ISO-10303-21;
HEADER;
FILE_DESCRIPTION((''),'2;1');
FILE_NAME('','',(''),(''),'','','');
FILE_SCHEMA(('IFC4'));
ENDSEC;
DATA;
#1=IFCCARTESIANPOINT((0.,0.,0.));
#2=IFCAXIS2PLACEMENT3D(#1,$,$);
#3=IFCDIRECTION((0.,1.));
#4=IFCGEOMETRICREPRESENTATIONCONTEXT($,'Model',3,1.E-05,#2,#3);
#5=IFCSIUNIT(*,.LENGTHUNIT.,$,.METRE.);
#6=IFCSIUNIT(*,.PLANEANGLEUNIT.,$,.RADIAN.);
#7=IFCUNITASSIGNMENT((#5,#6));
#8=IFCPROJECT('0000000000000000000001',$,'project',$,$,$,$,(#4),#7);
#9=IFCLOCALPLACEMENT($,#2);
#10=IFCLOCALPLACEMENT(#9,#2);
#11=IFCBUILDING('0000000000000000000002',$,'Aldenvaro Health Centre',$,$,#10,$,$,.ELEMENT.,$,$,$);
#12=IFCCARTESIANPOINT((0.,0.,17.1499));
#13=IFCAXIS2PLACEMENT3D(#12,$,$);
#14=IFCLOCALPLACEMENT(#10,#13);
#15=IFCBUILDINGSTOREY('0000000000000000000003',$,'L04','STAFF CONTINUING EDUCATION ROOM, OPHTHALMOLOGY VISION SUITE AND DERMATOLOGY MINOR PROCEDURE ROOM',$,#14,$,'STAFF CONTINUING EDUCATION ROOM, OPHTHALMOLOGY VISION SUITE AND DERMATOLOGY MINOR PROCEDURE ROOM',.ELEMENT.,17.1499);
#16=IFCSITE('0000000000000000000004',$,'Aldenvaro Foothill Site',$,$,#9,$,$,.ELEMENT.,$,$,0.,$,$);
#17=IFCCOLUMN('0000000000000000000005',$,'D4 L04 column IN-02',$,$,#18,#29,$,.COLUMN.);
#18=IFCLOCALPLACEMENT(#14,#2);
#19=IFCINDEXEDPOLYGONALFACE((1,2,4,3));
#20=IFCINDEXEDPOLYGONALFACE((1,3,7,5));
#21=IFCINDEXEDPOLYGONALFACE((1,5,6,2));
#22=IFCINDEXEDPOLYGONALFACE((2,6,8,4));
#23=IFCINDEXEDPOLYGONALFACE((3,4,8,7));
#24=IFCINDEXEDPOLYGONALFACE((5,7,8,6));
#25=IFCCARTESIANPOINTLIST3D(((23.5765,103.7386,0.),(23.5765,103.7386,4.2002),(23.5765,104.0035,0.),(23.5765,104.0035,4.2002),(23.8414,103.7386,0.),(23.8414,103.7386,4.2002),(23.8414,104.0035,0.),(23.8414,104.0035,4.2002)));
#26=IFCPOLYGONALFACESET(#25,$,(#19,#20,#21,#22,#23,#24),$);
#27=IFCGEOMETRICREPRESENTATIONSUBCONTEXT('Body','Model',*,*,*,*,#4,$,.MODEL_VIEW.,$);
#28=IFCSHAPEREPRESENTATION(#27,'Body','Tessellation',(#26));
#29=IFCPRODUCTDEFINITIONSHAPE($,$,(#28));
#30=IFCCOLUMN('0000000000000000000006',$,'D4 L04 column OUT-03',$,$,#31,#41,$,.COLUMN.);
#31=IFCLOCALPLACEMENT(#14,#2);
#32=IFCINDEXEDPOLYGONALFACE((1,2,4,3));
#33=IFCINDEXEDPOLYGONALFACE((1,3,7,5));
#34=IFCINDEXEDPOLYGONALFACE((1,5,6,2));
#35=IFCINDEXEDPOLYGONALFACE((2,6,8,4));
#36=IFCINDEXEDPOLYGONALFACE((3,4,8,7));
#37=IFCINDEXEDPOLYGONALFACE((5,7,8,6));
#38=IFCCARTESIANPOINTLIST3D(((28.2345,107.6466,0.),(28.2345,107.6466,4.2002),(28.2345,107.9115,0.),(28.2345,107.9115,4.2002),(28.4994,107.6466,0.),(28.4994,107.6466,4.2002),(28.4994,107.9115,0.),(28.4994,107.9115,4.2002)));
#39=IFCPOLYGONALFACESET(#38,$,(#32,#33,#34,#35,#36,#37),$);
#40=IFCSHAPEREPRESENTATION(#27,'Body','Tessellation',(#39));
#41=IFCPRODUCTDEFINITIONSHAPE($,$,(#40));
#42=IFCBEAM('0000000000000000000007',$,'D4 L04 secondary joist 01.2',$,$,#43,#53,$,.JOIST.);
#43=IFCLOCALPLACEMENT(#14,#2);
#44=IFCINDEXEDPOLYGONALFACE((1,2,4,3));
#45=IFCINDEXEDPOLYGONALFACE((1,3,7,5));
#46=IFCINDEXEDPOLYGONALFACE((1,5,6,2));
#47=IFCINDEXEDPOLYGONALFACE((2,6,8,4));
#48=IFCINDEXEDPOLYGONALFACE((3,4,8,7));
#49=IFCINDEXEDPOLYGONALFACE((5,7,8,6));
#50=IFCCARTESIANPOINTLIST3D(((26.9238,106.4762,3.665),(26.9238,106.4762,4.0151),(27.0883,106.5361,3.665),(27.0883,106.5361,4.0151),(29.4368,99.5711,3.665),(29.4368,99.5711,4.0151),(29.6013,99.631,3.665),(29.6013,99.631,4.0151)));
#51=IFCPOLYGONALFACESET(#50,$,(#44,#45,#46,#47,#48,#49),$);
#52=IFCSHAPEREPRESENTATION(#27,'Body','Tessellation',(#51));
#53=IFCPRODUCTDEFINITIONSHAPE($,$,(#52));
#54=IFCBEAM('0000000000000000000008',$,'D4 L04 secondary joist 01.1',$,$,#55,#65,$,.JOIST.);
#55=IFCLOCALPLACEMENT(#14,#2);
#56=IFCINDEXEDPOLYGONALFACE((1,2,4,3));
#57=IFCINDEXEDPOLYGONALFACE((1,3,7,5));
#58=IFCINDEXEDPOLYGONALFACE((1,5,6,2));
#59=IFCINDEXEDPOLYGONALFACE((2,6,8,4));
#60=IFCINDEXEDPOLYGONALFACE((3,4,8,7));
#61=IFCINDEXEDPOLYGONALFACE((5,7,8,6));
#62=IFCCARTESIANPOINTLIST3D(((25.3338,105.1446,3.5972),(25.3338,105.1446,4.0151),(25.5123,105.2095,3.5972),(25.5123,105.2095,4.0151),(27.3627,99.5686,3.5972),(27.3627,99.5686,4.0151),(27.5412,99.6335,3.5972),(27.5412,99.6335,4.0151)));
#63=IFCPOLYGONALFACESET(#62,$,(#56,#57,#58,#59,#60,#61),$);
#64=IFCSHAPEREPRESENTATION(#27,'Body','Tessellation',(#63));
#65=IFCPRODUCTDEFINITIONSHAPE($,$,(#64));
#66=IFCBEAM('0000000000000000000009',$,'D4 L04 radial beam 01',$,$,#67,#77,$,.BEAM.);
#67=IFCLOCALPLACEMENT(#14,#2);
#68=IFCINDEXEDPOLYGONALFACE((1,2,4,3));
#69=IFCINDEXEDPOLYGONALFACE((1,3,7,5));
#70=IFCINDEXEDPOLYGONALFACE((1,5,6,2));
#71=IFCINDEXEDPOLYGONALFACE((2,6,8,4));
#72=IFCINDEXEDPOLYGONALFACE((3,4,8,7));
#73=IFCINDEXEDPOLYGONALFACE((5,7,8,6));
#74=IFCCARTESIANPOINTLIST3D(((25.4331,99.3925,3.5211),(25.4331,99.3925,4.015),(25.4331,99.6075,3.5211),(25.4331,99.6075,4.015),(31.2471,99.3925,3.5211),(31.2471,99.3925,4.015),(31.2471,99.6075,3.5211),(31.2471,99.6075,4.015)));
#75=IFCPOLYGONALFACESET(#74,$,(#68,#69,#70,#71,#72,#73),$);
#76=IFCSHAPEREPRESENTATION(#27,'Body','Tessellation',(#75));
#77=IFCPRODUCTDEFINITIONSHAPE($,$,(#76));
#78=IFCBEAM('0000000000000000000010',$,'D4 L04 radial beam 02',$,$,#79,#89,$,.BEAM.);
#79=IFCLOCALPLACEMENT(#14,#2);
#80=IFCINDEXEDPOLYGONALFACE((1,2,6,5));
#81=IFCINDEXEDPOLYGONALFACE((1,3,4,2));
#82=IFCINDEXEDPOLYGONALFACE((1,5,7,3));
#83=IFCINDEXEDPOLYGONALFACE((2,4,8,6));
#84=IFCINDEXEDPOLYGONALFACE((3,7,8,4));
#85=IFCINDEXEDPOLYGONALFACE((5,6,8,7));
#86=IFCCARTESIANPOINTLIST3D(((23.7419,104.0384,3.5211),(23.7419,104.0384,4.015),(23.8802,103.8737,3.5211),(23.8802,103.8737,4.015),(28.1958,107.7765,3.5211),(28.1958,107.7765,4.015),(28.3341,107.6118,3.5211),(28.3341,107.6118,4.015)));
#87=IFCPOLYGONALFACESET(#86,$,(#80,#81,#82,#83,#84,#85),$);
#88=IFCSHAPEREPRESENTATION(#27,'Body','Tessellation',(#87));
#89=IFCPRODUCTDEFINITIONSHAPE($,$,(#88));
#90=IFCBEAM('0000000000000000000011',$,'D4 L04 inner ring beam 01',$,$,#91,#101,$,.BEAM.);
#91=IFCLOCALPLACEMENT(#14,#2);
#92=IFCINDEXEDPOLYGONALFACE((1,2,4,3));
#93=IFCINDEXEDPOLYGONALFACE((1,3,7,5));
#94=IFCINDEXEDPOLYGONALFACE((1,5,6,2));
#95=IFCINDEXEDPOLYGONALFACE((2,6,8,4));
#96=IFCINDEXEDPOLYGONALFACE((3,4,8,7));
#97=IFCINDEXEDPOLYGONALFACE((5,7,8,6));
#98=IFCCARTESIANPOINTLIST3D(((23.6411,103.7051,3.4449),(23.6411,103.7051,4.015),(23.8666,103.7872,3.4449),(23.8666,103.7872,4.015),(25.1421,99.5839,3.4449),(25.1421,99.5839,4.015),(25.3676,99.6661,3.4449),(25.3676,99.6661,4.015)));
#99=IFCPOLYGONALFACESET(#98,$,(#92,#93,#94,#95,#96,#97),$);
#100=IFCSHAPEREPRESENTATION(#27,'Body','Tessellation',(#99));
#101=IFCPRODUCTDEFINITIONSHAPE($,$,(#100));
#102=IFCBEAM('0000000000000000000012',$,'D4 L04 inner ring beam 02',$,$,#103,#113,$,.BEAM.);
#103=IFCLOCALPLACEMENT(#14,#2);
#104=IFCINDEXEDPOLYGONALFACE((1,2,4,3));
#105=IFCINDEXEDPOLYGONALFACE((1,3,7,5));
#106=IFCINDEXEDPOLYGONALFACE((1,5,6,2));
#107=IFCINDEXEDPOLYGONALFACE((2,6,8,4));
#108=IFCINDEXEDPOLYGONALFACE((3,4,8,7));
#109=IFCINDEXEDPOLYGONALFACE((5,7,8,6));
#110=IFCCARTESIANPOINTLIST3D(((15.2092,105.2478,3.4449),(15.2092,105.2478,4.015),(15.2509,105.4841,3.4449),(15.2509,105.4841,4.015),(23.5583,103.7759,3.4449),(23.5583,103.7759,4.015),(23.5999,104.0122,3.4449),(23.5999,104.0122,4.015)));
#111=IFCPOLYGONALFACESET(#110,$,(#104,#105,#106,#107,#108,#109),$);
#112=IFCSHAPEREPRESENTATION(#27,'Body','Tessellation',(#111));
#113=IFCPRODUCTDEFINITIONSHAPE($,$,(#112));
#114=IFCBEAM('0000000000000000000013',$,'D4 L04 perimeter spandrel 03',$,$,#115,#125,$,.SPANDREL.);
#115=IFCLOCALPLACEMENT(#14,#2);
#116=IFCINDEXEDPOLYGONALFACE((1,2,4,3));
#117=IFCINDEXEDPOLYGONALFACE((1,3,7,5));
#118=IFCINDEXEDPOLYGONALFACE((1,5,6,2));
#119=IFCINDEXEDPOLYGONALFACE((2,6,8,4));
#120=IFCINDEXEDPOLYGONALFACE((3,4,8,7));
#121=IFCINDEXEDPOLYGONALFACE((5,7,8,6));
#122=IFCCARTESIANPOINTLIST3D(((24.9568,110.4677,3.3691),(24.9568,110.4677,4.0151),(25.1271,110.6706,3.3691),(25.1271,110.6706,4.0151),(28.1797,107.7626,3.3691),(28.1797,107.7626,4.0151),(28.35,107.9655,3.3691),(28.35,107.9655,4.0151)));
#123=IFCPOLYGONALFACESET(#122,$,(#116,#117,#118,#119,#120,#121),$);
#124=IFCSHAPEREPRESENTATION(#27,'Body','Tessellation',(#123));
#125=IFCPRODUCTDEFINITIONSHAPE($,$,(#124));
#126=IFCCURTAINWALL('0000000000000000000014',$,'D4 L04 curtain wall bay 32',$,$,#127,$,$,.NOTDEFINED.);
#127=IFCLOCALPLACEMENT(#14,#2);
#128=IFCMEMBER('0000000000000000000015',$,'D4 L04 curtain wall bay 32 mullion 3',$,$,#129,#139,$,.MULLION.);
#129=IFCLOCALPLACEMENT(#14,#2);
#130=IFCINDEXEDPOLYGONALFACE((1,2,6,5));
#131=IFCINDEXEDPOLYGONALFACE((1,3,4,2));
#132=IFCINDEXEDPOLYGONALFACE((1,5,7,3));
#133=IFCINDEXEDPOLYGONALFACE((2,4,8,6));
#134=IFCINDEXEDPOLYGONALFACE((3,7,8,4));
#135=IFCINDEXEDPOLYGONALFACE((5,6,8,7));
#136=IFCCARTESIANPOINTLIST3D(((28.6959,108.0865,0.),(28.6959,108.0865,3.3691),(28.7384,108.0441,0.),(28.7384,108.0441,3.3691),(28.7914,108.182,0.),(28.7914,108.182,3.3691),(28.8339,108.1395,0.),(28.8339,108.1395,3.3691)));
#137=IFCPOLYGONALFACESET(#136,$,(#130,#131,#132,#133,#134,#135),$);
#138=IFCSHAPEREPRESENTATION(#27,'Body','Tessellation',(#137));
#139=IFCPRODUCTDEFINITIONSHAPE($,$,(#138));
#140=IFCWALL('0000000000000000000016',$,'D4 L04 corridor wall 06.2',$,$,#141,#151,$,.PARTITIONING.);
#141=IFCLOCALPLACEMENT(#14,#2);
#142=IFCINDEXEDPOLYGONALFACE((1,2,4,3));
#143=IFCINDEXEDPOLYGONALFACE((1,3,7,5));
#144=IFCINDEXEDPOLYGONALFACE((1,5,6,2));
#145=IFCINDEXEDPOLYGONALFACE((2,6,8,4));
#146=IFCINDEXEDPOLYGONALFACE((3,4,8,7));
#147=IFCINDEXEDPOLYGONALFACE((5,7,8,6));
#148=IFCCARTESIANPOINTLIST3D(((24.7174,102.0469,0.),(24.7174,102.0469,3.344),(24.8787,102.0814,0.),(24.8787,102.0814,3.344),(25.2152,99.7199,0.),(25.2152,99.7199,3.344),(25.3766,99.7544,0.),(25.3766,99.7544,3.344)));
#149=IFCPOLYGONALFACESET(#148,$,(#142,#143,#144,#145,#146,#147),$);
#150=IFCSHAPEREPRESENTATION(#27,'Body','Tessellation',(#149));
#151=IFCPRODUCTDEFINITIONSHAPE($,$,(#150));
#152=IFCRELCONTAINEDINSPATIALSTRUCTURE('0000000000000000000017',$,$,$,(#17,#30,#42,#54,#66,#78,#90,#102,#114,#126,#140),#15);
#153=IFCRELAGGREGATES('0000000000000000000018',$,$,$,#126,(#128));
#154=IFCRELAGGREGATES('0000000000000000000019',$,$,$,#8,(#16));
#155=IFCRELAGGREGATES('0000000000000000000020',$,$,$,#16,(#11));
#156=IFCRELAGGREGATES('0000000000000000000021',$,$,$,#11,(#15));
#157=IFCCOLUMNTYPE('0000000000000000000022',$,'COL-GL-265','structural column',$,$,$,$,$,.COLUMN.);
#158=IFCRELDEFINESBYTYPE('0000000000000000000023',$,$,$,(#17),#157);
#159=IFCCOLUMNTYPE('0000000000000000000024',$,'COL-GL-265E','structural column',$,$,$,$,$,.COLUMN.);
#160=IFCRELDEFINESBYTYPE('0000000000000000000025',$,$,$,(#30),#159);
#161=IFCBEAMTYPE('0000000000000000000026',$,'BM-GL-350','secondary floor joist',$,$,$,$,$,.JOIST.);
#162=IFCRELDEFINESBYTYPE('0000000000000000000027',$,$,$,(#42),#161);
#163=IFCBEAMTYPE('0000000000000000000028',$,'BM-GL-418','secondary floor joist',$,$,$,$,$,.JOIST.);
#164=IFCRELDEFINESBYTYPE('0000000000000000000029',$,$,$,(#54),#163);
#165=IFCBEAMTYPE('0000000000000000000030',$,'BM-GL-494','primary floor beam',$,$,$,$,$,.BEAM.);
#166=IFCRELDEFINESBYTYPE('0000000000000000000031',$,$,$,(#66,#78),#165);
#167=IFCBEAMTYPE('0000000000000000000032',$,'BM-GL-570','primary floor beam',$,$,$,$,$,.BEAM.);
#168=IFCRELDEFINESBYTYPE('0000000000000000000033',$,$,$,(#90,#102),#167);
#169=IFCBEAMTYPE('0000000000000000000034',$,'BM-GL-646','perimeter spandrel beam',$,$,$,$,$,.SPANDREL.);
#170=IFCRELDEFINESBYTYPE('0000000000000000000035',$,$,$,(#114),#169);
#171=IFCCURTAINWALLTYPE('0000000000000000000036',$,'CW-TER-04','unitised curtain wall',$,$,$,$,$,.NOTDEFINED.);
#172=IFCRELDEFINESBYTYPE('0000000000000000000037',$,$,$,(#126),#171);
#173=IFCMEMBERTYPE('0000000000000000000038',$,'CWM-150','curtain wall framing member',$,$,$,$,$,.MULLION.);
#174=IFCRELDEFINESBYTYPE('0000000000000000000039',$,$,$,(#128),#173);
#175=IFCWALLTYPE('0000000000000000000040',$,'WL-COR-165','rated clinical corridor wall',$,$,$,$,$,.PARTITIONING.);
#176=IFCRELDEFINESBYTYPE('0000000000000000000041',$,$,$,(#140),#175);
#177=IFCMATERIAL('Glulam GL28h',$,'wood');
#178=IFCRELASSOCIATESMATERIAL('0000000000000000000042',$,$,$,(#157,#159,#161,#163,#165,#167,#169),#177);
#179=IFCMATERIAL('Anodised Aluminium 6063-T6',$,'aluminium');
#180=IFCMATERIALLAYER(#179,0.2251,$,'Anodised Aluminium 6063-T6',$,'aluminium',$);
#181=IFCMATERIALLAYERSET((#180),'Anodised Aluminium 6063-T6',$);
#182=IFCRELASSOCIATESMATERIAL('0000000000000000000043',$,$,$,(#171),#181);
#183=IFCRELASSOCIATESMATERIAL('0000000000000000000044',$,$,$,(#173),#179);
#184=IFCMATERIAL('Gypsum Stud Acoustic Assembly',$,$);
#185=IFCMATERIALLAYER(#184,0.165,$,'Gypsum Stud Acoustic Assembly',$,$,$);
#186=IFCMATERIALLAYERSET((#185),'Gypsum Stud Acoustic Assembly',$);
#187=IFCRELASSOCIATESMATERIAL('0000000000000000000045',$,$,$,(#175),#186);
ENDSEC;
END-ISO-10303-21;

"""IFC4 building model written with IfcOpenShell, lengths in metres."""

from ifc_helpers import new_model, si_unit, direction, frame, frame_2d, origin, origin_2d, place, context, subcontext, project, spatial, rectangle, extrude, material, layer, layer_set, material_profile, profile_set, type_object, element, aggregate, save


model = new_model("IFC4")

# Units and contexts
model_context = context("Model", 3, precision=1e-05, world=origin(), true_north=direction((0.0, 1.0)))
body_context = subcontext(model_context, "Body", "Model", "MODEL_VIEW")
ifc_project = project(units=[si_unit("LENGTHUNIT", "METRE"), si_unit("PLANEANGLEUNIT", "RADIAN")], contexts=[model_context])

# Site, building, storey
site_placement = place(None, origin())
site = spatial("IfcSite", under=ifc_project, at=site_placement, Name="Aldenvaro Foothill Site", CompositionType="ELEMENT", RefElevation=0.0)
building_placement = place(site_placement, origin())
building = spatial("IfcBuilding", under=site, at=building_placement, Name="Aldenvaro Health Centre", CompositionType="ELEMENT")
storey_placement = place(building_placement, frame((0.0, 0.0, 17.1499)))
storey = spatial("IfcBuildingStorey", under=building, at=storey_placement, Name="L04", Description="STAFF CONTINUING EDUCATION ROOM, OPHTHALMOLOGY VISION SUITE AND DERMATOLOGY MINOR PROCEDURE ROOM", LongName="STAFF CONTINUING EDUCATION ROOM, OPHTHALMOLOGY VISION SUITE AND DERMATOLOGY MINOR PROCEDURE ROOM", CompositionType="ELEMENT", Elevation=17.1499)

# Columns
ifc_material_1 = material(Name="Glulam GL28h", Category="wood")
ifc_material_profile_1 = material_profile(ifc_material_1, rectangle(XDim=0.2649, YDim=0.2649, at=origin_2d()), Name="GL 265x265", Category="wood")
ifc_profile_set_1 = profile_set([ifc_material_profile_1], Name="Glulam GL28h")
column_type_1 = type_object("IfcColumnType", Name="COL-GL-265", Description="structural column", PredefinedType="COLUMN", material=ifc_profile_set_1)
column_1_placement = place(storey_placement, frame((23.709, 103.8711, 0.0), z_axis=(0.0, 0.0, 1.0), x_axis=(1.0, 0.0, 0.0)))
element("IfcColumn", 1, at=column_1_placement, inside=storey, type_object=column_type_1, Name="D4 L04 column IN-02", PredefinedType="COLUMN", context=body_context, shape_type="SweptSolid", body=[
    extrude(rectangle(XDim=0.2649, YDim=0.2649, at=origin_2d()), origin(), (0.0, 0.0, 1.0), 4.2002),
])
ifc_material_profile_2 = material_profile(ifc_material_1, rectangle(XDim=0.2649, YDim=0.2649, at=origin_2d()), Name="GL 265x265", Category="wood")
ifc_profile_set_2 = profile_set([ifc_material_profile_2], Name="Glulam GL28h")
column_type_2 = type_object("IfcColumnType", Name="COL-GL-265E", Description="structural column", PredefinedType="COLUMN", material=ifc_profile_set_2)
column_2_placement = place(storey_placement, frame((28.3669, 107.7791, 0.0), z_axis=(0.0, 0.0, 1.0), x_axis=(1.0, 0.0, 0.0)))
element("IfcColumn", 2, at=column_2_placement, inside=storey, type_object=column_type_2, Name="D4 L04 column OUT-03", PredefinedType="COLUMN", context=body_context, shape_type="SweptSolid", body=[
    extrude(rectangle(XDim=0.2649, YDim=0.2649, at=origin_2d()), origin(), (0.0, 0.0, 1.0), 4.2002),
])

# Beams
ifc_material_profile_3 = material_profile(ifc_material_1, rectangle(XDim=0.175, YDim=0.3501, at=origin_2d()), Name="GL 175x350", Category="wood")
ifc_profile_set_3 = profile_set([ifc_material_profile_3], Name="Glulam GL28h")
beam_type_1 = type_object("IfcBeamType", Name="BM-GL-350", Description="secondary floor joist", PredefinedType="JOIST", material=ifc_profile_set_3)
beam_1_placement = place(storey_placement, frame((29.519, 99.6011, 3.8401), z_axis=(-0.341986, 0.939705, 0.0), x_axis=(-0.939705, -0.341986, 0.0)))
element("IfcBeam", 3, at=beam_1_placement, inside=storey, type_object=beam_type_1, Name="D4 L04 secondary joist 01.2", PredefinedType="JOIST", context=body_context, shape_type="SweptSolid", body=[
    extrude(rectangle(XDim=0.175, YDim=0.3501, at=origin_2d()), origin(), (0.0, 0.0, 1.0), 7.3481),
])
ifc_material_profile_4 = material_profile(ifc_material_1, rectangle(XDim=0.1899, YDim=0.418, at=origin_2d()), Name="GL 190x418", Category="wood")
ifc_profile_set_4 = profile_set([ifc_material_profile_4], Name="Glulam GL28h")
beam_type_2 = type_object("IfcBeamType", Name="BM-GL-418", Description="secondary floor joist", PredefinedType="JOIST", material=ifc_profile_set_4)
beam_2_placement = place(storey_placement, frame((27.4519, 99.6011, 3.8062), z_axis=(-0.341921, 0.939729, 0.0), x_axis=(-0.939729, -0.341921, 0.0)))
element("IfcBeam", 4, at=beam_2_placement, inside=storey, type_object=beam_type_2, Name="D4 L04 secondary joist 01.1", PredefinedType="JOIST", context=body_context, shape_type="SweptSolid", body=[
    extrude(rectangle(XDim=0.1899, YDim=0.418, at=origin_2d()), origin(), (0.0, 0.0, 1.0), 5.9336),
])
ifc_material_profile_5 = material_profile(ifc_material_1, rectangle(XDim=0.2151, YDim=0.4939, at=origin_2d()), Name="GL 215x494", Category="wood")
ifc_profile_set_5 = profile_set([ifc_material_profile_5], Name="Glulam GL28h")
beam_type_3 = type_object("IfcBeamType", Name="BM-GL-494", Description="primary floor beam", PredefinedType="BEAM", material=ifc_profile_set_5)
beam_3_placement = place(storey_placement, frame((25.4331, 99.5, 3.7681), z_axis=(1.0, 0.0, 0.0), x_axis=(0.0, 1.0, 0.0)))
element("IfcBeam", 5, at=beam_3_placement, inside=storey, type_object=beam_type_3, Name="D4 L04 radial beam 01", PredefinedType="BEAM", context=body_context, shape_type="SweptSolid", body=[
    extrude(rectangle(XDim=0.2151, YDim=0.4939, at=origin_2d()), origin(), (0.0, 0.0, 1.0), 5.814),
])
beam_4_placement = place(storey_placement, frame((23.811, 103.9561, 3.7681), z_axis=(0.765976, 0.642869, 0.0), x_axis=(-0.642869, 0.765976, 0.0)))
element("IfcBeam", 6, at=beam_4_placement, inside=storey, type_object=beam_type_3, Name="D4 L04 radial beam 02", PredefinedType="BEAM", context=body_context, shape_type="SweptSolid", body=[
    extrude(rectangle(XDim=0.2151, YDim=0.4939, at=origin_2d()), origin(), (0.0, 0.0, 1.0), 5.8147),
])
ifc_material_profile_6 = material_profile(ifc_material_1, rectangle(XDim=0.24, YDim=0.5701, at=origin_2d()), Name="GL 240x570", Category="wood")
ifc_profile_set_6 = profile_set([ifc_material_profile_6], Name="Glulam GL28h")
beam_type_4 = type_object("IfcBeamType", Name="BM-GL-570", Description="primary floor beam", PredefinedType="BEAM", material=ifc_profile_set_6)
beam_5_placement = place(storey_placement, frame((25.2549, 99.625, 3.73), z_axis=(-0.342226, 0.939618, 0.0), x_axis=(-0.939618, -0.342226, 0.0)))
element("IfcBeam", 7, at=beam_5_placement, inside=storey, type_object=beam_type_4, Name="D4 L04 inner ring beam 01", PredefinedType="BEAM", context=body_context, shape_type="SweptSolid", body=[
    extrude(rectangle(XDim=0.24, YDim=0.5701, at=origin_2d()), origin(), (0.0, 0.0, 1.0), 4.386),
])
beam_6_placement = place(storey_placement, frame((23.5791, 103.894, 3.73), z_axis=(-0.984813, 0.173619, 0.0), x_axis=(-0.173619, -0.984813, 0.0)))
element("IfcBeam", 8, at=beam_6_placement, inside=storey, type_object=beam_type_4, Name="D4 L04 inner ring beam 02", PredefinedType="BEAM", context=body_context, shape_type="SweptSolid", body=[
    extrude(rectangle(XDim=0.24, YDim=0.5701, at=origin_2d()), origin(), (0.0, 0.0, 1.0), 8.4778),
])
ifc_material_profile_7 = material_profile(ifc_material_1, rectangle(XDim=0.2649, YDim=0.646, at=origin_2d()), Name="GL 265x646", Category="wood")
ifc_profile_set_7 = profile_set([ifc_material_profile_7], Name="Glulam GL28h")
beam_type_5 = type_object("IfcBeamType", Name="BM-GL-646", Description="perimeter spandrel beam", PredefinedType="SPANDREL", material=ifc_profile_set_7)
beam_7_placement = place(storey_placement, frame((28.2649, 107.864, 3.6921), z_axis=(-0.765957, 0.642891, 0.0), x_axis=(-0.642891, -0.765957, 0.0)))
element("IfcBeam", 9, at=beam_7_placement, inside=storey, type_object=beam_type_5, Name="D4 L04 perimeter spandrel 03", PredefinedType="SPANDREL", context=body_context, shape_type="SweptSolid", body=[
    extrude(rectangle(XDim=0.2649, YDim=0.646, at=origin_2d()), origin(), (0.0, 0.0, 1.0), 4.2078),
])

# Curtain wall, member
ifc_material_2 = material(Name="Anodised Aluminium 6063-T6", Category="aluminium")
ifc_layer_1 = layer(ifc_material_2, 0.2251, Name="Anodised Aluminium 6063-T6", Category="aluminium")
ifc_layer_set_1 = layer_set([ifc_layer_1], Name="Anodised Aluminium 6063-T6")
curtain_wall_type = type_object("IfcCurtainWallType", Name="CW-TER-04", Description="unitised curtain wall", PredefinedType="NOTDEFINED", material=ifc_layer_set_1)
curtain_wall_placement = place(storey_placement, origin())
curtain_wall = element("IfcCurtainWall", 10, at=curtain_wall_placement, inside=storey, type_object=curtain_wall_type, Name="D4 L04 curtain wall bay 32", PredefinedType="NOTDEFINED")
ifc_material_profile_8 = material_profile(ifc_material_2, rectangle(XDim=0.0601, YDim=0.135, at=origin_2d()), Name="ALU 60x135", Category="aluminium")
ifc_profile_set_8 = profile_set([ifc_material_profile_8], Name="Anodised Aluminium 6063-T6")
member_type = type_object("IfcMemberType", Name="CWM-150", Description="curtain wall framing member", PredefinedType="MULLION", material=ifc_profile_set_8)
member_placement = place(storey_placement, frame((28.7649, 108.113, 0.0), z_axis=(0.0, 0.0, 1.0), x_axis=(0.707107, -0.707107, 0.0)))
member = element("IfcMember", 11, at=member_placement, type_object=member_type, Name="D4 L04 curtain wall bay 32 mullion 3", PredefinedType="MULLION", context=body_context, shape_type="SweptSolid", body=[
    extrude(rectangle(XDim=0.0601, YDim=0.135, at=origin_2d()), origin(), (0.0, 0.0, 1.0), 3.3691),
])
aggregate(curtain_wall, [member])

# Wall
ifc_material_3 = material(Name="Gypsum Stud Acoustic Assembly")
ifc_layer_2 = layer(ifc_material_3, 0.165, Name="Gypsum Stud Acoustic Assembly")
ifc_layer_set_2 = layer_set([ifc_layer_2], Name="Gypsum Stud Acoustic Assembly")
wall_type_1 = type_object("IfcWallType", Name="WL-COR-165", Description="rated clinical corridor wall", PredefinedType="PARTITIONING", material=ifc_layer_set_2)
wall_1_placement = place(storey_placement, frame((25.2959, 99.7371, 0.0), z_axis=(0.0, 0.0, 1.0), x_axis=(-0.2092, 0.977873, 0.0)))
element("IfcWall", 12, at=wall_1_placement, inside=storey, type_object=wall_type_1, Name="D4 L04 corridor wall 06.2", PredefinedType="PARTITIONING", context=body_context, shape_type="SweptSolid", body=[
    extrude(rectangle(XDim=2.3796, YDim=0.165, at=frame_2d((1.1899, 0.0))), origin(), (0.0, 0.0, 1.0), 3.344),
])

save(model, "model.ifc")
